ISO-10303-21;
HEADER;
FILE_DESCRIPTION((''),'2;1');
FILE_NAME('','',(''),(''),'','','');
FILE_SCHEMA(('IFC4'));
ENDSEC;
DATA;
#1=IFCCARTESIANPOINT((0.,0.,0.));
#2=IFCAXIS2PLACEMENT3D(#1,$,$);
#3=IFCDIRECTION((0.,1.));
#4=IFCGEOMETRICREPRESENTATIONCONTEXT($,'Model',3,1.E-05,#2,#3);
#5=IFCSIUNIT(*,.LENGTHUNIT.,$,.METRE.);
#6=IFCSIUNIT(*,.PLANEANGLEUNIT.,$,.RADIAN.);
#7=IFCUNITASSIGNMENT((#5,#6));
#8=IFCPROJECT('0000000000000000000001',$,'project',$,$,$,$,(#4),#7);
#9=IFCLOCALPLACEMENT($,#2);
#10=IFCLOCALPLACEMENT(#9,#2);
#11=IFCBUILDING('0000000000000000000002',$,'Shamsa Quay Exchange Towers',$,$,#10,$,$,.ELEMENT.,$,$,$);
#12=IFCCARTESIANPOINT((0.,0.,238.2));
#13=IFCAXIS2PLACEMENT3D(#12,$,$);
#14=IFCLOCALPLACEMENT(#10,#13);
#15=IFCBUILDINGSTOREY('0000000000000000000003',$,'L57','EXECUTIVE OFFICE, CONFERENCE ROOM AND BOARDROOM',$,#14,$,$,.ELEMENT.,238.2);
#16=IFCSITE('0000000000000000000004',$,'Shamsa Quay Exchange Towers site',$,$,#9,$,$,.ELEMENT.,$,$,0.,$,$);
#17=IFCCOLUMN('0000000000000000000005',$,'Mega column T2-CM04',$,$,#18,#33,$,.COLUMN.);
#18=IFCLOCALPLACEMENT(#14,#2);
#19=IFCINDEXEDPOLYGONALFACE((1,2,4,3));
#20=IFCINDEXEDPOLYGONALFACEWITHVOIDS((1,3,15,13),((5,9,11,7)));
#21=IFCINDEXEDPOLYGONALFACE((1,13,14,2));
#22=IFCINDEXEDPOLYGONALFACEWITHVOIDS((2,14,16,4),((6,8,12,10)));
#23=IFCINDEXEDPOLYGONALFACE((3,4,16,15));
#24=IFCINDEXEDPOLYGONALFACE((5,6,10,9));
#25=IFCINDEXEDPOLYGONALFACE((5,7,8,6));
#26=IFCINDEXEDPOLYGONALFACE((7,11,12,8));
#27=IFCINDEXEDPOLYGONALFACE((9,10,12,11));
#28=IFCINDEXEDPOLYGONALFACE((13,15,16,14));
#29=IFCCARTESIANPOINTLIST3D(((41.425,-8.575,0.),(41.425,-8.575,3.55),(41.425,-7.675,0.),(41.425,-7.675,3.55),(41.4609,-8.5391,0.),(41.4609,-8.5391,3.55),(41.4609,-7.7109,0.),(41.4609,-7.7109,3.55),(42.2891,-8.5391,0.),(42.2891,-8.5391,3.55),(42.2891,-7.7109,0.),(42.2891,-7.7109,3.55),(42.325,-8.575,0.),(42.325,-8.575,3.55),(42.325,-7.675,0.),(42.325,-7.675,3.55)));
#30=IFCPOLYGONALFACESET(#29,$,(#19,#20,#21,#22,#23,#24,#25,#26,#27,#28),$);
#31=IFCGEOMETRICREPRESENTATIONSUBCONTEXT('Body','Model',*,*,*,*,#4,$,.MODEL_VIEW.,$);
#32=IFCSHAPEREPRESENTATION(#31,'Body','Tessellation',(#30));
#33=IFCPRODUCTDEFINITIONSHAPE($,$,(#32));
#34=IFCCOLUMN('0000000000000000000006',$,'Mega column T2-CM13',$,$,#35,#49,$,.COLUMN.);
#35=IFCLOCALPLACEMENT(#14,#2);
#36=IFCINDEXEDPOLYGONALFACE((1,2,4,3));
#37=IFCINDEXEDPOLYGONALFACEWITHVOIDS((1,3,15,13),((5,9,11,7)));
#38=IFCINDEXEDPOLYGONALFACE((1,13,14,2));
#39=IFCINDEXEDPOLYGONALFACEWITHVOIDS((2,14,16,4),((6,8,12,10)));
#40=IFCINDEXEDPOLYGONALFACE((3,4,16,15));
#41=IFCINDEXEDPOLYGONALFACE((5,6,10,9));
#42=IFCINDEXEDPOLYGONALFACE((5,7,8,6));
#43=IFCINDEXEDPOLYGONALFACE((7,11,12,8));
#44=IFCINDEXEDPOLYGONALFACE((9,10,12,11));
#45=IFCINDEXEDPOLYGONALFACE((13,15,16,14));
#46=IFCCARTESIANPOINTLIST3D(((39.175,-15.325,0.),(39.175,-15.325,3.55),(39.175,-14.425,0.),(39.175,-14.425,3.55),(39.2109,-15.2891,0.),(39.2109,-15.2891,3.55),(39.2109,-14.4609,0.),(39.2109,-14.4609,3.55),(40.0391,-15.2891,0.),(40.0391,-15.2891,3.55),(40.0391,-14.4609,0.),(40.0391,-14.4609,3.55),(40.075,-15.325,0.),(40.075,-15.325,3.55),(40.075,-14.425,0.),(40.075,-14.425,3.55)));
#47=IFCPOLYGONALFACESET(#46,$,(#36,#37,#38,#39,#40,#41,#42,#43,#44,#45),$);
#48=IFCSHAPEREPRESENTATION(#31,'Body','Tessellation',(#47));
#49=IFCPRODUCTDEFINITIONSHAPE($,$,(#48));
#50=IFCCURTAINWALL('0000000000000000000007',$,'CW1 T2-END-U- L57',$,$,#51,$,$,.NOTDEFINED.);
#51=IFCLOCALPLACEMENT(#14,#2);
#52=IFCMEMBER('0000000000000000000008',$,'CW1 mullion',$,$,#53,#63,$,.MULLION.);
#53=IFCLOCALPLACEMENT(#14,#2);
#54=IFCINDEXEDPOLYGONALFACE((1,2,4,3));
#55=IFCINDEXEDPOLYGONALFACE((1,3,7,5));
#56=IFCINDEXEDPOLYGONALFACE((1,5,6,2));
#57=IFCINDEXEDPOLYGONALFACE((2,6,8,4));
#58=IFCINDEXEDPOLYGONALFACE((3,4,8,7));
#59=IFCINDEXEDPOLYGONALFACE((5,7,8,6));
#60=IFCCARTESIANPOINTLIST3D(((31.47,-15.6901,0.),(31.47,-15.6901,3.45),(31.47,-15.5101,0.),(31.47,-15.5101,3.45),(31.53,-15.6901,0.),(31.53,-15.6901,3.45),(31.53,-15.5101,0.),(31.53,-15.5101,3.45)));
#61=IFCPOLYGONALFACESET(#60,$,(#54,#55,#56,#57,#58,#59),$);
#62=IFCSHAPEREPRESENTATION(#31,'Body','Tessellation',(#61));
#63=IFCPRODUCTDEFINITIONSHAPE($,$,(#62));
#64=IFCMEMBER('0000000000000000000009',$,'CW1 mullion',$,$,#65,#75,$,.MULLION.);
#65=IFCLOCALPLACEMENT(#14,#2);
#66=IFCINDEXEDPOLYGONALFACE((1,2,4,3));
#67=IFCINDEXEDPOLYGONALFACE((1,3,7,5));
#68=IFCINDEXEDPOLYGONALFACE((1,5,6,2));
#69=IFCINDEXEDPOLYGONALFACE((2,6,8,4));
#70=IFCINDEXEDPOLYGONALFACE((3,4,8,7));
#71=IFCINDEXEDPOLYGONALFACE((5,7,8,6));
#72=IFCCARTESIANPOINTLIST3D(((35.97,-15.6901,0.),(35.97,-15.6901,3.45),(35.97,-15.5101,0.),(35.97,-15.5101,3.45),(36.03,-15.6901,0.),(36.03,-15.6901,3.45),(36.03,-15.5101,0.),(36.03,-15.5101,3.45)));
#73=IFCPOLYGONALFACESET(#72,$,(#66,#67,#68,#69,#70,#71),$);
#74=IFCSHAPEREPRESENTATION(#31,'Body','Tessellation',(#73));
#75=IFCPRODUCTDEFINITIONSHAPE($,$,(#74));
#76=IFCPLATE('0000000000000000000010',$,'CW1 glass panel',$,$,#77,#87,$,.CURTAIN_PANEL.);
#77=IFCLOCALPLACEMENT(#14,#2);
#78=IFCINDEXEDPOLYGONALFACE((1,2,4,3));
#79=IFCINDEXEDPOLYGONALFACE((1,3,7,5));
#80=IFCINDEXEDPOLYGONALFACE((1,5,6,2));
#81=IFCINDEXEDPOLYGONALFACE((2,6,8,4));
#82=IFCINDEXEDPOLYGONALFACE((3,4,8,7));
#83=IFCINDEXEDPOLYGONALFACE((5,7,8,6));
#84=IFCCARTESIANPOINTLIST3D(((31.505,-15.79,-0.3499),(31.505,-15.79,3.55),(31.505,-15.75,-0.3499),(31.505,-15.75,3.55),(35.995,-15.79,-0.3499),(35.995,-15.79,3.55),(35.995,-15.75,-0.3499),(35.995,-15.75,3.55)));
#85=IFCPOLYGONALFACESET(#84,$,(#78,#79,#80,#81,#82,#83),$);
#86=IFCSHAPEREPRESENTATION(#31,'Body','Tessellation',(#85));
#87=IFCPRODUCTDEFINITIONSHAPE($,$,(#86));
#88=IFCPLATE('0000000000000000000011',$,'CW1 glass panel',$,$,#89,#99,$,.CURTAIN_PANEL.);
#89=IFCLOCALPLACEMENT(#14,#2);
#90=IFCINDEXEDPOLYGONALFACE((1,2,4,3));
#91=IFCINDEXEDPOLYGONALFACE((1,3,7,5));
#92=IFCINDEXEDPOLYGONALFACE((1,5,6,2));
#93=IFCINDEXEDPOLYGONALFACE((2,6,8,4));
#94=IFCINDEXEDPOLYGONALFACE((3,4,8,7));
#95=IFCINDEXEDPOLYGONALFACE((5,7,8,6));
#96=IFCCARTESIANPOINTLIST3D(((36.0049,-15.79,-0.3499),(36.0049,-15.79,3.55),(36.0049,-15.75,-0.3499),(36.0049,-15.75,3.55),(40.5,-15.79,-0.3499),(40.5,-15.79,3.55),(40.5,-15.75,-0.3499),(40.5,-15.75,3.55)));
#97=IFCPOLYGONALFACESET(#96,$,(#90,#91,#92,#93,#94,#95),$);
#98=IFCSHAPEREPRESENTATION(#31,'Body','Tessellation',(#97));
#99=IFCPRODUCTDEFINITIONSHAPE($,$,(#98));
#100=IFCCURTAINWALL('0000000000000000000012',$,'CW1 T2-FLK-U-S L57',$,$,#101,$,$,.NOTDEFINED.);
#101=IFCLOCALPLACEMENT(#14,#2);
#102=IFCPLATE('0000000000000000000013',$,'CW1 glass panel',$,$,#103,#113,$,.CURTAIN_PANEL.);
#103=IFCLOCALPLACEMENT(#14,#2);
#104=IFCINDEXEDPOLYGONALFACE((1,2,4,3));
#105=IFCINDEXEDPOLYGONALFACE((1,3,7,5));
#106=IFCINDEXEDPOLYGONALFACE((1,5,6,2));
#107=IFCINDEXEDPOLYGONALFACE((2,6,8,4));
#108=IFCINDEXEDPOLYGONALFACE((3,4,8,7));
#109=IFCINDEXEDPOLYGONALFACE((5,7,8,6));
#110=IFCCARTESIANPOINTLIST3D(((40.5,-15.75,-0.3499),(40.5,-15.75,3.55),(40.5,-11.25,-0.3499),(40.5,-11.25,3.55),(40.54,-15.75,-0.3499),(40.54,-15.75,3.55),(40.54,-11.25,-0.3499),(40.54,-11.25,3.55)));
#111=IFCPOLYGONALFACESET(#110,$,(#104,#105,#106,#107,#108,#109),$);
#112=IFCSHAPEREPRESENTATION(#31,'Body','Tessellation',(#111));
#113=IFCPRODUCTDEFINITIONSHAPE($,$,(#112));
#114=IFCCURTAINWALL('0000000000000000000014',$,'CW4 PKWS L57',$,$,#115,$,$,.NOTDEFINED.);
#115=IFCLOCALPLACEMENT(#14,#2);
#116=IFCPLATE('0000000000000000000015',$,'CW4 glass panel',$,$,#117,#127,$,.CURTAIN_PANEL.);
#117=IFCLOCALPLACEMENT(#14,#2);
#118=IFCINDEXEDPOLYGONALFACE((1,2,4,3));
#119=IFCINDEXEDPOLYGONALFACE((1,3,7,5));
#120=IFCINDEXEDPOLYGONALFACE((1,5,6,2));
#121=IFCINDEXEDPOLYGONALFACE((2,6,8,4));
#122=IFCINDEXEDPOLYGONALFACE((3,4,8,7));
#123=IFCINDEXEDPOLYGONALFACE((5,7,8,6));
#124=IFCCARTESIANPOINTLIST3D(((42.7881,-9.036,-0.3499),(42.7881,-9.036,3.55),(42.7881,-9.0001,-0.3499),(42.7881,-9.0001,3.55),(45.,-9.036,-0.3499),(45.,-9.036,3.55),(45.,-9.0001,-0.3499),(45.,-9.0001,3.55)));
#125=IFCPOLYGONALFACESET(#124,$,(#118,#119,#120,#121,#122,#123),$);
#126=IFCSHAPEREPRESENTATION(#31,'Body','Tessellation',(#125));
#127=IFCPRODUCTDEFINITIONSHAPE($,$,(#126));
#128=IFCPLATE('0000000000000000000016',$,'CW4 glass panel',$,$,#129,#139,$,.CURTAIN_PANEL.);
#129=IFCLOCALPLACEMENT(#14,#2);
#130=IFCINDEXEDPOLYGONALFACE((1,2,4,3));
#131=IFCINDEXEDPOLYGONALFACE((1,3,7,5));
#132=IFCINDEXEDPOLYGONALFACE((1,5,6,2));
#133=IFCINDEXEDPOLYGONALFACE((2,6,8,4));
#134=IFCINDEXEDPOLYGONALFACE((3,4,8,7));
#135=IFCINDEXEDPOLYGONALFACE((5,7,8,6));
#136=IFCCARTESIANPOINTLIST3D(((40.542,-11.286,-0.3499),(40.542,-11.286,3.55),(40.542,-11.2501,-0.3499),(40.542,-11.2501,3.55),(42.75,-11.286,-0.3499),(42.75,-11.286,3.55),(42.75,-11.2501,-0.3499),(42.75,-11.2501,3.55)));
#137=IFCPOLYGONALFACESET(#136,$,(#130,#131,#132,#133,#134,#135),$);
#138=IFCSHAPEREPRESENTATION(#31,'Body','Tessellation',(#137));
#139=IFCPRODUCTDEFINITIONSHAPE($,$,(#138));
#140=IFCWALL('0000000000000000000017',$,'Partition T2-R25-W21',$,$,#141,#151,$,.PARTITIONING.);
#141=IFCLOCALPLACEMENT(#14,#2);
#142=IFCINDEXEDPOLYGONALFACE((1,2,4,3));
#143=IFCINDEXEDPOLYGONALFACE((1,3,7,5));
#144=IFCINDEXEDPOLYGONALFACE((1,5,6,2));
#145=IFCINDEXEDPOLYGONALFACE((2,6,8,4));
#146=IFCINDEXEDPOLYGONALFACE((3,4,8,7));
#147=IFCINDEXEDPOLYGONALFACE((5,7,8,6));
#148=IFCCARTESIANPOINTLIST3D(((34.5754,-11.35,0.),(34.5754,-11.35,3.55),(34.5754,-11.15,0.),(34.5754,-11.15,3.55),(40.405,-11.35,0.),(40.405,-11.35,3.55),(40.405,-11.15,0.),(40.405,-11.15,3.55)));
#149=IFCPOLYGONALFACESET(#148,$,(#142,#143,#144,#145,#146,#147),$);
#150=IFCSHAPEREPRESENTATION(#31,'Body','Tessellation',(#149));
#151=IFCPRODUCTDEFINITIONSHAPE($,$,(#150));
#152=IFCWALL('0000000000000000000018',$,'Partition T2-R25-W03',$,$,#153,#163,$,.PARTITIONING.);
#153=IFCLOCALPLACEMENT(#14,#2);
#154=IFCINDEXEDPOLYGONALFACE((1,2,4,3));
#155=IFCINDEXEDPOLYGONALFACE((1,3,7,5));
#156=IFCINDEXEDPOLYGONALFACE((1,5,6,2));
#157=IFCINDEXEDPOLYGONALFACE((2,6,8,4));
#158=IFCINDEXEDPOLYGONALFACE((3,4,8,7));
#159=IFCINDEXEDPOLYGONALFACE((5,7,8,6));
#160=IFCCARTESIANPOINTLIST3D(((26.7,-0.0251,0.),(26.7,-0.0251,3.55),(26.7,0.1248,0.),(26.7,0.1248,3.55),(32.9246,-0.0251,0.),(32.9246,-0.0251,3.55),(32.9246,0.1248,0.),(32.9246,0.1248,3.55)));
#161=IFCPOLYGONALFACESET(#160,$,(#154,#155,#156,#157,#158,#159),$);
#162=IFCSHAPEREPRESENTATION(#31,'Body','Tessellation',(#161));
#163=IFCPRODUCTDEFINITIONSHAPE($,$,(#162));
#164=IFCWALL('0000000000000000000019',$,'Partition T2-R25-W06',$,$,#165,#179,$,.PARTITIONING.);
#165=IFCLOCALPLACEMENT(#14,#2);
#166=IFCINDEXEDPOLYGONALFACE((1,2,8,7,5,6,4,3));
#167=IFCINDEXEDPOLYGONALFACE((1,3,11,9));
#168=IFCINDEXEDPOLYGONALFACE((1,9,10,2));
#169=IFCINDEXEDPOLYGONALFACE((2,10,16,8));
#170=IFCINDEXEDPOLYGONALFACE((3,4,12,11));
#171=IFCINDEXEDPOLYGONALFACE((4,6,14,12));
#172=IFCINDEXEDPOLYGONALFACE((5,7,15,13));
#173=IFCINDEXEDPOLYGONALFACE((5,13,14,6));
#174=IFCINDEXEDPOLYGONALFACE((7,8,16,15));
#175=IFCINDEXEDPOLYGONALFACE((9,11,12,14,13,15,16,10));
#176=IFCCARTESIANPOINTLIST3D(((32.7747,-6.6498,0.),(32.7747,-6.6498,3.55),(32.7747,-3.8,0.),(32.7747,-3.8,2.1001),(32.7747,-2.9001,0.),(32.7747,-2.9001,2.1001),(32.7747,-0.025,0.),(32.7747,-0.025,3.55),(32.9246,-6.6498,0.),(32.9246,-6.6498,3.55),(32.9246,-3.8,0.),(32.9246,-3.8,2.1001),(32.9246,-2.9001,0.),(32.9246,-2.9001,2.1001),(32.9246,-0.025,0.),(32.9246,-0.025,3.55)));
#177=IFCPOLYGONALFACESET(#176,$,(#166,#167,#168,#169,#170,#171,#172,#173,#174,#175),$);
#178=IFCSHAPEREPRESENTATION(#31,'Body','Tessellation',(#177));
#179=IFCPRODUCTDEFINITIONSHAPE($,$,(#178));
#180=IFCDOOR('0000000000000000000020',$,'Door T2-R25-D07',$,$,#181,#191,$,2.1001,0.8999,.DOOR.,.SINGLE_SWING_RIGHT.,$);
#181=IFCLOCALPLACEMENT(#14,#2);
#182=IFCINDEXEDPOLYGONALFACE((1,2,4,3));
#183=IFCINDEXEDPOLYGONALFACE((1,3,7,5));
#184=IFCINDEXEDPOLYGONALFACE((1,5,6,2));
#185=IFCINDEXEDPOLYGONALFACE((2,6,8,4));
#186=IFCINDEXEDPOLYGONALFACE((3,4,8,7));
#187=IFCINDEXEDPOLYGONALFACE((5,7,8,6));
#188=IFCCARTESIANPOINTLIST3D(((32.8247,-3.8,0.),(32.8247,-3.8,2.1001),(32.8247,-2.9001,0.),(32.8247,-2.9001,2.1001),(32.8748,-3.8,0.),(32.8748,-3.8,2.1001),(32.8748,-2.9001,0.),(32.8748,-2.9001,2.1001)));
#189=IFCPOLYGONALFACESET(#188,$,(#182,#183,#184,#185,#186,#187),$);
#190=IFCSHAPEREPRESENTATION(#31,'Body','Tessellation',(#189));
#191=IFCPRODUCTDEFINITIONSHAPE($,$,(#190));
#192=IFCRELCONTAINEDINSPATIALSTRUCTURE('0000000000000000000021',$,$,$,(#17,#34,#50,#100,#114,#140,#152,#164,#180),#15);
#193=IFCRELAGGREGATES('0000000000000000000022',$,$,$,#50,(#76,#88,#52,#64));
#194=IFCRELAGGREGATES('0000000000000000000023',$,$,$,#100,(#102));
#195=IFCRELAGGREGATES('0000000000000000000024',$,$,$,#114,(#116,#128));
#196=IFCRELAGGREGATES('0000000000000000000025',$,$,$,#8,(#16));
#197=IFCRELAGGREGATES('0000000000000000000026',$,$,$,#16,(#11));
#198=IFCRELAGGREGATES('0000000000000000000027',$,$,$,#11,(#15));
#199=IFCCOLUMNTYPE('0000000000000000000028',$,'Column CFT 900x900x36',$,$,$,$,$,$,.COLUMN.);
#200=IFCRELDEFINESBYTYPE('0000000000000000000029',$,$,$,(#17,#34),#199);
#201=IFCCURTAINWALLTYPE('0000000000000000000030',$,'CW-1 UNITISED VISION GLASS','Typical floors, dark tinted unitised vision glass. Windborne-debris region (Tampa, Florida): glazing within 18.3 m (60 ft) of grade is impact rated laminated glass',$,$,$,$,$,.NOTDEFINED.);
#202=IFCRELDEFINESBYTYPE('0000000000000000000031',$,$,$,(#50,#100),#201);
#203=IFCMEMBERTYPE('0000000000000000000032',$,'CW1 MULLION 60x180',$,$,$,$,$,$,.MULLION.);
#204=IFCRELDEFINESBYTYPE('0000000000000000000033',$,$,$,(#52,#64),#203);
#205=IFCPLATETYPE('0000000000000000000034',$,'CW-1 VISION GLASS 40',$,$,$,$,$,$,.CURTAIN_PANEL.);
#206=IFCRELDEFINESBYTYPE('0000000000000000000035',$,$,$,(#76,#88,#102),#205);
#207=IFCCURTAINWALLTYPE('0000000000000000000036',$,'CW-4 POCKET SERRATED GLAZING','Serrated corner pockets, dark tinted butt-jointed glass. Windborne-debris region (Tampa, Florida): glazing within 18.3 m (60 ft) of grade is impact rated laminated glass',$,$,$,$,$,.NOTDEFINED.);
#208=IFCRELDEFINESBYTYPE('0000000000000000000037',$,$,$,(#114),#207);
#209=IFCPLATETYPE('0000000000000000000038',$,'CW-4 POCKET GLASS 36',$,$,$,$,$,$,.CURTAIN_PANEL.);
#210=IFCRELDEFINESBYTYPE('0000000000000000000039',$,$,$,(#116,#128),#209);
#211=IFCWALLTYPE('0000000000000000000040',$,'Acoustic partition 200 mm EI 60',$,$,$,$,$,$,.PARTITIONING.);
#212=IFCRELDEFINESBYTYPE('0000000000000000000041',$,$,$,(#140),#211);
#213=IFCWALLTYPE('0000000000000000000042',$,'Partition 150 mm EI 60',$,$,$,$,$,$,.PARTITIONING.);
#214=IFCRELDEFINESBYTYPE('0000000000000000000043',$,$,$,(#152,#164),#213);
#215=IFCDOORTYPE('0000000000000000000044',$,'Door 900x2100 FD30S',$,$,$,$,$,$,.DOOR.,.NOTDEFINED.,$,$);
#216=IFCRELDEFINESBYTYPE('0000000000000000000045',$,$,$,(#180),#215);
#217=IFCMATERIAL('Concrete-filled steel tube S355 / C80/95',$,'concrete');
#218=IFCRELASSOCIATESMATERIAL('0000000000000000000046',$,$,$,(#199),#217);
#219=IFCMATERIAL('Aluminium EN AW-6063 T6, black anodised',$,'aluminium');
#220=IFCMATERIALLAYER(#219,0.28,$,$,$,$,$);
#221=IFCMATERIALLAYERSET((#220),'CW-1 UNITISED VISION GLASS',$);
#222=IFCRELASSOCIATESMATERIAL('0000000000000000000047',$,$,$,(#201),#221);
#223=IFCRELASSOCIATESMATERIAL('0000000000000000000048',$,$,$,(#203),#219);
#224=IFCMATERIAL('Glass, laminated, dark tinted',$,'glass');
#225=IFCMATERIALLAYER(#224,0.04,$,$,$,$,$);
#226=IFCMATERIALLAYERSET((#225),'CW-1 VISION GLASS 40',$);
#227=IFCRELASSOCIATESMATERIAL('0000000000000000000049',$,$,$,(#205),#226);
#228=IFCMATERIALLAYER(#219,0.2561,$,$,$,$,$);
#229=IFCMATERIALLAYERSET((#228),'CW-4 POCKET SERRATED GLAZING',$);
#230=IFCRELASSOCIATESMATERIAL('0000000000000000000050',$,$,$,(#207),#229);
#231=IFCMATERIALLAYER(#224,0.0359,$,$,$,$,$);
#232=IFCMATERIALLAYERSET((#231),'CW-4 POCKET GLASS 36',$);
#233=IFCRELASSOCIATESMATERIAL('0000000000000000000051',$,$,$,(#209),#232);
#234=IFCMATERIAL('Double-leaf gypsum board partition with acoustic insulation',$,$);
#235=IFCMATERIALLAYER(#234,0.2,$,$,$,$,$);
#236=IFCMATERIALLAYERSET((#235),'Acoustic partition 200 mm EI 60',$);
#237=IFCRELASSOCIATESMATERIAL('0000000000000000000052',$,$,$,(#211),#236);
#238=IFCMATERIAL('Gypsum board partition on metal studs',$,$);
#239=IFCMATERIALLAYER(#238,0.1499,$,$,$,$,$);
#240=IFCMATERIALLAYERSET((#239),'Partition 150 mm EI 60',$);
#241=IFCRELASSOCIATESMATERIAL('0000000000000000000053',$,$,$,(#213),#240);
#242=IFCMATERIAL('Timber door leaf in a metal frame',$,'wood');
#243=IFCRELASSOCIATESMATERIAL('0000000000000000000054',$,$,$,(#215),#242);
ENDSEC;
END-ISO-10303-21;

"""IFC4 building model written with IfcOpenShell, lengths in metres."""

from ifc_helpers import new_model, si_unit, direction, frame, frame_2d, origin, origin_2d, place, context, subcontext, project, spatial, rectangle, hollow_rectangle, extrude, material, layer, layer_set, material_profile, profile_set, type_object, element, fill, aggregate, save


model = new_model("IFC4")

# Units and contexts
model_context = context("Model", 3, precision=1e-05, world=origin(), true_north=direction((0.0, 1.0)))
body_context = subcontext(model_context, "Body", "Model", "MODEL_VIEW")
ifc_project = project(units=[si_unit("LENGTHUNIT", "METRE"), si_unit("PLANEANGLEUNIT", "RADIAN")], contexts=[model_context])

# Site, building, storey
site_placement = place(None, origin())
site = spatial("IfcSite", under=ifc_project, at=site_placement, Name="Shamsa Quay Exchange Towers site", CompositionType="ELEMENT", RefElevation=0.0)
building_placement = place(site_placement, origin())
building = spatial("IfcBuilding", under=site, at=building_placement, Name="Shamsa Quay Exchange Towers", CompositionType="ELEMENT")
storey_placement = place(building_placement, frame((0.0, 0.0, 238.2)))
storey = spatial("IfcBuildingStorey", under=building, at=storey_placement, Name="L57", Description="EXECUTIVE OFFICE, CONFERENCE ROOM AND BOARDROOM", CompositionType="ELEMENT", Elevation=238.2)

# Columns
ifc_material_1 = material(Name="Concrete-filled steel tube S355 / C80/95", Category="concrete")
ifc_material_profile_1 = material_profile(ifc_material_1, hollow_rectangle(XDim=0.8999, YDim=0.8999, WallThickness=0.0359, at=origin_2d()), Name="CFT 900x900x36")
ifc_profile_set_1 = profile_set([ifc_material_profile_1], Name="Concrete-filled steel tube S355 / C80/95")
column_type = type_object("IfcColumnType", Name="Column CFT 900x900x36", PredefinedType="COLUMN", material=ifc_profile_set_1)
for number, where, name in (
    (1, (41.875, -8.125, 0.0), "Mega column T2-CM04"),
    (2, (39.625, -14.875, 0.0), "Mega column T2-CM13"),
):
    element("IfcColumn", number, at=place(storey_placement, frame(where)), inside=storey, type_object=column_type, Name=name, PredefinedType="COLUMN", context=body_context, shape_type="SweptSolid", body=[
        extrude(hollow_rectangle(XDim=0.8999, YDim=0.8999, WallThickness=0.0359, at=origin_2d()), origin(), (0.0, 0.0, 1.0), 3.55),
    ])

# Curtain wall, members, plates
ifc_material_2 = material(Name="Aluminium EN AW-6063 T6, black anodised", Category="aluminium")
ifc_layer_1 = layer(ifc_material_2, 0.28)
ifc_layer_set_1 = layer_set([ifc_layer_1], Name="CW-1 UNITISED VISION GLASS")
curtain_wall_type_1 = type_object("IfcCurtainWallType", Name="CW-1 UNITISED VISION GLASS", Description="Typical floors, dark tinted unitised vision glass. Windborne-debris region (Tampa, Florida): glazing within 18.3 m (60 ft) of grade is impact rated laminated glass", PredefinedType="NOTDEFINED", material=ifc_layer_set_1)
curtain_wall_1_placement = place(storey_placement, origin())
curtain_wall_1 = element("IfcCurtainWall", 3, at=curtain_wall_1_placement, inside=storey, type_object=curtain_wall_type_1, Name="CW1 T2-END-U- L57", PredefinedType="NOTDEFINED")
ifc_material_profile_2 = material_profile(ifc_material_2, rectangle(XDim=0.1799, YDim=0.0601, at=origin_2d()), Name="MU60x180")
ifc_profile_set_2 = profile_set([ifc_material_profile_2], Name="Aluminium EN AW-6063 T6, black anodised")
member_type = type_object("IfcMemberType", Name="CW1 MULLION 60x180", PredefinedType="MULLION", material=ifc_profile_set_2)
member_1_placement = place(storey_placement, frame((31.5, -15.6001, 0.0), z_axis=(0.0, 0.0, 1.0), x_axis=(0.0, 1.0, 0.0)))
member_1 = element("IfcMember", 4, at=member_1_placement, type_object=member_type, Name="CW1 mullion", PredefinedType="MULLION", context=body_context, shape_type="SweptSolid", body=[
    extrude(rectangle(XDim=0.1799, YDim=0.0601, at=origin_2d()), origin(), (0.0, 0.0, 1.0), 3.45),
])
member_2_placement = place(storey_placement, frame((36.0, -15.6001, 0.0), z_axis=(0.0, 0.0, 1.0), x_axis=(0.0, 1.0, 0.0)))
member_2 = element("IfcMember", 5, at=member_2_placement, type_object=member_type, Name="CW1 mullion", PredefinedType="MULLION", context=body_context, shape_type="SweptSolid", body=[
    extrude(rectangle(XDim=0.1799, YDim=0.0601, at=origin_2d()), origin(), (0.0, 0.0, 1.0), 3.45),
])
ifc_material_3 = material(Name="Glass, laminated, dark tinted", Category="glass")
ifc_layer_2 = layer(ifc_material_3, 0.04)
ifc_layer_set_2 = layer_set([ifc_layer_2], Name="CW-1 VISION GLASS 40")
plate_type_1 = type_object("IfcPlateType", Name="CW-1 VISION GLASS 40", PredefinedType="CURTAIN_PANEL", material=ifc_layer_set_2)
plate_1_placement = place(storey_placement, frame((33.75, -15.77, -0.3499)))
plate_1 = element("IfcPlate", 6, at=plate_1_placement, type_object=plate_type_1, Name="CW1 glass panel", PredefinedType="CURTAIN_PANEL", context=body_context, shape_type="SweptSolid", body=[
    extrude(rectangle(XDim=4.49, YDim=0.04, at=origin_2d()), origin(), (0.0, 0.0, 1.0), 3.8999),
])
plate_2_placement = place(storey_placement, frame((38.2524, -15.77, -0.3499)))
plate_2 = element("IfcPlate", 7, at=plate_2_placement, type_object=plate_type_1, Name="CW1 glass panel", PredefinedType="CURTAIN_PANEL", context=body_context, shape_type="SweptSolid", body=[
    extrude(rectangle(XDim=4.4951, YDim=0.04, at=origin_2d()), origin(), (0.0, 0.0, 1.0), 3.8999),
])
aggregate(curtain_wall_1, [plate_1, plate_2, member_1, member_2])

# Curtain wall, plate
curtain_wall_2_placement = place(storey_placement, origin())
curtain_wall_2 = element("IfcCurtainWall", 8, at=curtain_wall_2_placement, inside=storey, type_object=curtain_wall_type_1, Name="CW1 T2-FLK-U-S L57", PredefinedType="NOTDEFINED")
plate_3_placement = place(storey_placement, frame((40.52, -13.5, -0.3499), z_axis=(0.0, 0.0, 1.0), x_axis=(0.0, 1.0, 0.0)))
plate_3 = element("IfcPlate", 9, at=plate_3_placement, type_object=plate_type_1, Name="CW1 glass panel", PredefinedType="CURTAIN_PANEL", context=body_context, shape_type="SweptSolid", body=[
    extrude(rectangle(XDim=4.5, YDim=0.04, at=origin_2d()), origin(), (0.0, 0.0, 1.0), 3.8999),
])
aggregate(curtain_wall_2, [plate_3])

# Curtain wall, plates
ifc_layer_3 = layer(ifc_material_2, 0.2561)
ifc_layer_set_3 = layer_set([ifc_layer_3], Name="CW-4 POCKET SERRATED GLAZING")
curtain_wall_type_2 = type_object("IfcCurtainWallType", Name="CW-4 POCKET SERRATED GLAZING", Description="Serrated corner pockets, dark tinted butt-jointed glass. Windborne-debris region (Tampa, Florida): glazing within 18.3 m (60 ft) of grade is impact rated laminated glass", PredefinedType="NOTDEFINED", material=ifc_layer_set_3)
curtain_wall_3_placement = place(storey_placement, origin())
curtain_wall_3 = element("IfcCurtainWall", 10, at=curtain_wall_3_placement, inside=storey, type_object=curtain_wall_type_2, Name="CW4 PKWS L57", PredefinedType="NOTDEFINED")
ifc_layer_4 = layer(ifc_material_3, 0.0359)
ifc_layer_set_4 = layer_set([ifc_layer_4], Name="CW-4 POCKET GLASS 36")
plate_type_2 = type_object("IfcPlateType", Name="CW-4 POCKET GLASS 36", PredefinedType="CURTAIN_PANEL", material=ifc_layer_set_4)
plate_4_placement = place(storey_placement, frame((43.894, -9.0181, -0.3499)))
plate_4 = element("IfcPlate", 11, at=plate_4_placement, type_object=plate_type_2, Name="CW4 glass panel", PredefinedType="CURTAIN_PANEL", context=body_context, shape_type="SweptSolid", body=[
    extrude(rectangle(XDim=2.2119, YDim=0.0359, at=origin_2d()), origin(), (0.0, 0.0, 1.0), 3.8999),
])
plate_5_placement = place(storey_placement, frame((41.646, -11.2681, -0.3499)))
plate_5 = element("IfcPlate", 12, at=plate_5_placement, type_object=plate_type_2, Name="CW4 glass panel", PredefinedType="CURTAIN_PANEL", context=body_context, shape_type="SweptSolid", body=[
    extrude(rectangle(XDim=2.208, YDim=0.0359, at=origin_2d()), origin(), (0.0, 0.0, 1.0), 3.8999),
])
aggregate(curtain_wall_3, [plate_4, plate_5])

# Shared definitions
ifc_material_4 = material(Name="Double-leaf gypsum board partition with acoustic insulation")
ifc_layer_5 = layer(ifc_material_4, 0.2)
ifc_layer_set_5 = layer_set([ifc_layer_5], Name="Acoustic partition 200 mm EI 60")
wall_type_1 = type_object("IfcWallType", Name="Acoustic partition 200 mm EI 60", PredefinedType="PARTITIONING", material=ifc_layer_set_5)
ifc_material_5 = material(Name="Timber door leaf in a metal frame", Category="wood")

# Wall
wall_1_placement = place(storey_placement, frame((34.5754, -11.25, 0.0)))
element("IfcWall", 13, at=wall_1_placement, inside=storey, type_object=wall_type_1, Name="Partition T2-R25-W21", PredefinedType="PARTITIONING", context=body_context, shape_type="SweptSolid", body=[
    extrude(rectangle(XDim=5.8296, YDim=0.2, at=frame_2d((2.9148, 0.0))), origin(), (0.0, 0.0, 1.0), 3.55),
])

# Wall
ifc_material_6 = material(Name="Gypsum board partition on metal studs")
ifc_layer_6 = layer(ifc_material_6, 0.1499)
ifc_layer_set_6 = layer_set([ifc_layer_6], Name="Partition 150 mm EI 60")
wall_type_2 = type_object("IfcWallType", Name="Partition 150 mm EI 60", PredefinedType="PARTITIONING", material=ifc_layer_set_6)
wall_2_placement = place(storey_placement, frame((32.9246, 0.0498, 0.0), z_axis=(0.0, 0.0, 1.0), x_axis=(-1.0, 0.0, 0.0)))
element("IfcWall", 14, at=wall_2_placement, inside=storey, type_object=wall_type_2, Name="Partition T2-R25-W03", PredefinedType="PARTITIONING", context=body_context, shape_type="SweptSolid", body=[
    extrude(rectangle(XDim=6.2246, YDim=0.1499, at=frame_2d((3.1123, 0.0))), origin(), (0.0, 0.0, 1.0), 3.55),
])

# Wall, opening, door
wall_3_placement = place(storey_placement, frame((32.8496, -6.6499, 0.0), z_axis=(0.0, 0.0, 1.0), x_axis=(0.0, 1.0, 0.0)))
wall_3 = element("IfcWall", 15, at=wall_3_placement, inside=storey, type_object=wall_type_2, Name="Partition T2-R25-W06", PredefinedType="PARTITIONING", context=body_context, shape_type="SweptSolid", body=[
    extrude(rectangle(XDim=6.6248, YDim=0.1499, at=frame_2d((3.3125, 0.0))), origin(), (0.0, 0.0, 1.0), 3.55),
])
opening_1_placement = place(wall_3_placement, frame((2.8499, 0.0, 0.0)))
opening_1 = element("IfcOpeningElement", 16, at=opening_1_placement, cuts=wall_3, PredefinedType="OPENING", context=body_context, shape_type="SweptSolid", body=[
    extrude(rectangle(XDim=0.8999, YDim=2.1001, at=frame_2d((0.45, 1.05))), frame((0.0, 0.085, 0.0), z_axis=(0.0, -1.0, 0.0), x_axis=(1.0, 0.0, 0.0)), (0.0, 0.0, 1.0), 0.1699),
])
door_type_1 = type_object("IfcDoorType", Name="Door 900x2100 FD30S", OperationType="NOTDEFINED", PredefinedType="DOOR", material=ifc_material_5)
door_1_placement = place(opening_1_placement, origin())
door_1 = element("IfcDoor", 17, at=door_1_placement, inside=storey, type_object=door_type_1, Name="Door T2-R25-D07", OperationType="SINGLE_SWING_RIGHT", OverallHeight=2.1001, OverallWidth=0.8999, PredefinedType="DOOR", context=body_context, shape_type="SweptSolid", body=[
    extrude(rectangle(XDim=0.8999, YDim=2.1001, at=frame_2d((0.45, 1.05))), frame((0.0, 0.0249, 0.0), z_axis=(0.0, -1.0, 0.0), x_axis=(1.0, 0.0, 0.0)), (0.0, 0.0, 1.0), 0.05),
])
fill(opening_1, door_1)

save(model, "model.ifc")
